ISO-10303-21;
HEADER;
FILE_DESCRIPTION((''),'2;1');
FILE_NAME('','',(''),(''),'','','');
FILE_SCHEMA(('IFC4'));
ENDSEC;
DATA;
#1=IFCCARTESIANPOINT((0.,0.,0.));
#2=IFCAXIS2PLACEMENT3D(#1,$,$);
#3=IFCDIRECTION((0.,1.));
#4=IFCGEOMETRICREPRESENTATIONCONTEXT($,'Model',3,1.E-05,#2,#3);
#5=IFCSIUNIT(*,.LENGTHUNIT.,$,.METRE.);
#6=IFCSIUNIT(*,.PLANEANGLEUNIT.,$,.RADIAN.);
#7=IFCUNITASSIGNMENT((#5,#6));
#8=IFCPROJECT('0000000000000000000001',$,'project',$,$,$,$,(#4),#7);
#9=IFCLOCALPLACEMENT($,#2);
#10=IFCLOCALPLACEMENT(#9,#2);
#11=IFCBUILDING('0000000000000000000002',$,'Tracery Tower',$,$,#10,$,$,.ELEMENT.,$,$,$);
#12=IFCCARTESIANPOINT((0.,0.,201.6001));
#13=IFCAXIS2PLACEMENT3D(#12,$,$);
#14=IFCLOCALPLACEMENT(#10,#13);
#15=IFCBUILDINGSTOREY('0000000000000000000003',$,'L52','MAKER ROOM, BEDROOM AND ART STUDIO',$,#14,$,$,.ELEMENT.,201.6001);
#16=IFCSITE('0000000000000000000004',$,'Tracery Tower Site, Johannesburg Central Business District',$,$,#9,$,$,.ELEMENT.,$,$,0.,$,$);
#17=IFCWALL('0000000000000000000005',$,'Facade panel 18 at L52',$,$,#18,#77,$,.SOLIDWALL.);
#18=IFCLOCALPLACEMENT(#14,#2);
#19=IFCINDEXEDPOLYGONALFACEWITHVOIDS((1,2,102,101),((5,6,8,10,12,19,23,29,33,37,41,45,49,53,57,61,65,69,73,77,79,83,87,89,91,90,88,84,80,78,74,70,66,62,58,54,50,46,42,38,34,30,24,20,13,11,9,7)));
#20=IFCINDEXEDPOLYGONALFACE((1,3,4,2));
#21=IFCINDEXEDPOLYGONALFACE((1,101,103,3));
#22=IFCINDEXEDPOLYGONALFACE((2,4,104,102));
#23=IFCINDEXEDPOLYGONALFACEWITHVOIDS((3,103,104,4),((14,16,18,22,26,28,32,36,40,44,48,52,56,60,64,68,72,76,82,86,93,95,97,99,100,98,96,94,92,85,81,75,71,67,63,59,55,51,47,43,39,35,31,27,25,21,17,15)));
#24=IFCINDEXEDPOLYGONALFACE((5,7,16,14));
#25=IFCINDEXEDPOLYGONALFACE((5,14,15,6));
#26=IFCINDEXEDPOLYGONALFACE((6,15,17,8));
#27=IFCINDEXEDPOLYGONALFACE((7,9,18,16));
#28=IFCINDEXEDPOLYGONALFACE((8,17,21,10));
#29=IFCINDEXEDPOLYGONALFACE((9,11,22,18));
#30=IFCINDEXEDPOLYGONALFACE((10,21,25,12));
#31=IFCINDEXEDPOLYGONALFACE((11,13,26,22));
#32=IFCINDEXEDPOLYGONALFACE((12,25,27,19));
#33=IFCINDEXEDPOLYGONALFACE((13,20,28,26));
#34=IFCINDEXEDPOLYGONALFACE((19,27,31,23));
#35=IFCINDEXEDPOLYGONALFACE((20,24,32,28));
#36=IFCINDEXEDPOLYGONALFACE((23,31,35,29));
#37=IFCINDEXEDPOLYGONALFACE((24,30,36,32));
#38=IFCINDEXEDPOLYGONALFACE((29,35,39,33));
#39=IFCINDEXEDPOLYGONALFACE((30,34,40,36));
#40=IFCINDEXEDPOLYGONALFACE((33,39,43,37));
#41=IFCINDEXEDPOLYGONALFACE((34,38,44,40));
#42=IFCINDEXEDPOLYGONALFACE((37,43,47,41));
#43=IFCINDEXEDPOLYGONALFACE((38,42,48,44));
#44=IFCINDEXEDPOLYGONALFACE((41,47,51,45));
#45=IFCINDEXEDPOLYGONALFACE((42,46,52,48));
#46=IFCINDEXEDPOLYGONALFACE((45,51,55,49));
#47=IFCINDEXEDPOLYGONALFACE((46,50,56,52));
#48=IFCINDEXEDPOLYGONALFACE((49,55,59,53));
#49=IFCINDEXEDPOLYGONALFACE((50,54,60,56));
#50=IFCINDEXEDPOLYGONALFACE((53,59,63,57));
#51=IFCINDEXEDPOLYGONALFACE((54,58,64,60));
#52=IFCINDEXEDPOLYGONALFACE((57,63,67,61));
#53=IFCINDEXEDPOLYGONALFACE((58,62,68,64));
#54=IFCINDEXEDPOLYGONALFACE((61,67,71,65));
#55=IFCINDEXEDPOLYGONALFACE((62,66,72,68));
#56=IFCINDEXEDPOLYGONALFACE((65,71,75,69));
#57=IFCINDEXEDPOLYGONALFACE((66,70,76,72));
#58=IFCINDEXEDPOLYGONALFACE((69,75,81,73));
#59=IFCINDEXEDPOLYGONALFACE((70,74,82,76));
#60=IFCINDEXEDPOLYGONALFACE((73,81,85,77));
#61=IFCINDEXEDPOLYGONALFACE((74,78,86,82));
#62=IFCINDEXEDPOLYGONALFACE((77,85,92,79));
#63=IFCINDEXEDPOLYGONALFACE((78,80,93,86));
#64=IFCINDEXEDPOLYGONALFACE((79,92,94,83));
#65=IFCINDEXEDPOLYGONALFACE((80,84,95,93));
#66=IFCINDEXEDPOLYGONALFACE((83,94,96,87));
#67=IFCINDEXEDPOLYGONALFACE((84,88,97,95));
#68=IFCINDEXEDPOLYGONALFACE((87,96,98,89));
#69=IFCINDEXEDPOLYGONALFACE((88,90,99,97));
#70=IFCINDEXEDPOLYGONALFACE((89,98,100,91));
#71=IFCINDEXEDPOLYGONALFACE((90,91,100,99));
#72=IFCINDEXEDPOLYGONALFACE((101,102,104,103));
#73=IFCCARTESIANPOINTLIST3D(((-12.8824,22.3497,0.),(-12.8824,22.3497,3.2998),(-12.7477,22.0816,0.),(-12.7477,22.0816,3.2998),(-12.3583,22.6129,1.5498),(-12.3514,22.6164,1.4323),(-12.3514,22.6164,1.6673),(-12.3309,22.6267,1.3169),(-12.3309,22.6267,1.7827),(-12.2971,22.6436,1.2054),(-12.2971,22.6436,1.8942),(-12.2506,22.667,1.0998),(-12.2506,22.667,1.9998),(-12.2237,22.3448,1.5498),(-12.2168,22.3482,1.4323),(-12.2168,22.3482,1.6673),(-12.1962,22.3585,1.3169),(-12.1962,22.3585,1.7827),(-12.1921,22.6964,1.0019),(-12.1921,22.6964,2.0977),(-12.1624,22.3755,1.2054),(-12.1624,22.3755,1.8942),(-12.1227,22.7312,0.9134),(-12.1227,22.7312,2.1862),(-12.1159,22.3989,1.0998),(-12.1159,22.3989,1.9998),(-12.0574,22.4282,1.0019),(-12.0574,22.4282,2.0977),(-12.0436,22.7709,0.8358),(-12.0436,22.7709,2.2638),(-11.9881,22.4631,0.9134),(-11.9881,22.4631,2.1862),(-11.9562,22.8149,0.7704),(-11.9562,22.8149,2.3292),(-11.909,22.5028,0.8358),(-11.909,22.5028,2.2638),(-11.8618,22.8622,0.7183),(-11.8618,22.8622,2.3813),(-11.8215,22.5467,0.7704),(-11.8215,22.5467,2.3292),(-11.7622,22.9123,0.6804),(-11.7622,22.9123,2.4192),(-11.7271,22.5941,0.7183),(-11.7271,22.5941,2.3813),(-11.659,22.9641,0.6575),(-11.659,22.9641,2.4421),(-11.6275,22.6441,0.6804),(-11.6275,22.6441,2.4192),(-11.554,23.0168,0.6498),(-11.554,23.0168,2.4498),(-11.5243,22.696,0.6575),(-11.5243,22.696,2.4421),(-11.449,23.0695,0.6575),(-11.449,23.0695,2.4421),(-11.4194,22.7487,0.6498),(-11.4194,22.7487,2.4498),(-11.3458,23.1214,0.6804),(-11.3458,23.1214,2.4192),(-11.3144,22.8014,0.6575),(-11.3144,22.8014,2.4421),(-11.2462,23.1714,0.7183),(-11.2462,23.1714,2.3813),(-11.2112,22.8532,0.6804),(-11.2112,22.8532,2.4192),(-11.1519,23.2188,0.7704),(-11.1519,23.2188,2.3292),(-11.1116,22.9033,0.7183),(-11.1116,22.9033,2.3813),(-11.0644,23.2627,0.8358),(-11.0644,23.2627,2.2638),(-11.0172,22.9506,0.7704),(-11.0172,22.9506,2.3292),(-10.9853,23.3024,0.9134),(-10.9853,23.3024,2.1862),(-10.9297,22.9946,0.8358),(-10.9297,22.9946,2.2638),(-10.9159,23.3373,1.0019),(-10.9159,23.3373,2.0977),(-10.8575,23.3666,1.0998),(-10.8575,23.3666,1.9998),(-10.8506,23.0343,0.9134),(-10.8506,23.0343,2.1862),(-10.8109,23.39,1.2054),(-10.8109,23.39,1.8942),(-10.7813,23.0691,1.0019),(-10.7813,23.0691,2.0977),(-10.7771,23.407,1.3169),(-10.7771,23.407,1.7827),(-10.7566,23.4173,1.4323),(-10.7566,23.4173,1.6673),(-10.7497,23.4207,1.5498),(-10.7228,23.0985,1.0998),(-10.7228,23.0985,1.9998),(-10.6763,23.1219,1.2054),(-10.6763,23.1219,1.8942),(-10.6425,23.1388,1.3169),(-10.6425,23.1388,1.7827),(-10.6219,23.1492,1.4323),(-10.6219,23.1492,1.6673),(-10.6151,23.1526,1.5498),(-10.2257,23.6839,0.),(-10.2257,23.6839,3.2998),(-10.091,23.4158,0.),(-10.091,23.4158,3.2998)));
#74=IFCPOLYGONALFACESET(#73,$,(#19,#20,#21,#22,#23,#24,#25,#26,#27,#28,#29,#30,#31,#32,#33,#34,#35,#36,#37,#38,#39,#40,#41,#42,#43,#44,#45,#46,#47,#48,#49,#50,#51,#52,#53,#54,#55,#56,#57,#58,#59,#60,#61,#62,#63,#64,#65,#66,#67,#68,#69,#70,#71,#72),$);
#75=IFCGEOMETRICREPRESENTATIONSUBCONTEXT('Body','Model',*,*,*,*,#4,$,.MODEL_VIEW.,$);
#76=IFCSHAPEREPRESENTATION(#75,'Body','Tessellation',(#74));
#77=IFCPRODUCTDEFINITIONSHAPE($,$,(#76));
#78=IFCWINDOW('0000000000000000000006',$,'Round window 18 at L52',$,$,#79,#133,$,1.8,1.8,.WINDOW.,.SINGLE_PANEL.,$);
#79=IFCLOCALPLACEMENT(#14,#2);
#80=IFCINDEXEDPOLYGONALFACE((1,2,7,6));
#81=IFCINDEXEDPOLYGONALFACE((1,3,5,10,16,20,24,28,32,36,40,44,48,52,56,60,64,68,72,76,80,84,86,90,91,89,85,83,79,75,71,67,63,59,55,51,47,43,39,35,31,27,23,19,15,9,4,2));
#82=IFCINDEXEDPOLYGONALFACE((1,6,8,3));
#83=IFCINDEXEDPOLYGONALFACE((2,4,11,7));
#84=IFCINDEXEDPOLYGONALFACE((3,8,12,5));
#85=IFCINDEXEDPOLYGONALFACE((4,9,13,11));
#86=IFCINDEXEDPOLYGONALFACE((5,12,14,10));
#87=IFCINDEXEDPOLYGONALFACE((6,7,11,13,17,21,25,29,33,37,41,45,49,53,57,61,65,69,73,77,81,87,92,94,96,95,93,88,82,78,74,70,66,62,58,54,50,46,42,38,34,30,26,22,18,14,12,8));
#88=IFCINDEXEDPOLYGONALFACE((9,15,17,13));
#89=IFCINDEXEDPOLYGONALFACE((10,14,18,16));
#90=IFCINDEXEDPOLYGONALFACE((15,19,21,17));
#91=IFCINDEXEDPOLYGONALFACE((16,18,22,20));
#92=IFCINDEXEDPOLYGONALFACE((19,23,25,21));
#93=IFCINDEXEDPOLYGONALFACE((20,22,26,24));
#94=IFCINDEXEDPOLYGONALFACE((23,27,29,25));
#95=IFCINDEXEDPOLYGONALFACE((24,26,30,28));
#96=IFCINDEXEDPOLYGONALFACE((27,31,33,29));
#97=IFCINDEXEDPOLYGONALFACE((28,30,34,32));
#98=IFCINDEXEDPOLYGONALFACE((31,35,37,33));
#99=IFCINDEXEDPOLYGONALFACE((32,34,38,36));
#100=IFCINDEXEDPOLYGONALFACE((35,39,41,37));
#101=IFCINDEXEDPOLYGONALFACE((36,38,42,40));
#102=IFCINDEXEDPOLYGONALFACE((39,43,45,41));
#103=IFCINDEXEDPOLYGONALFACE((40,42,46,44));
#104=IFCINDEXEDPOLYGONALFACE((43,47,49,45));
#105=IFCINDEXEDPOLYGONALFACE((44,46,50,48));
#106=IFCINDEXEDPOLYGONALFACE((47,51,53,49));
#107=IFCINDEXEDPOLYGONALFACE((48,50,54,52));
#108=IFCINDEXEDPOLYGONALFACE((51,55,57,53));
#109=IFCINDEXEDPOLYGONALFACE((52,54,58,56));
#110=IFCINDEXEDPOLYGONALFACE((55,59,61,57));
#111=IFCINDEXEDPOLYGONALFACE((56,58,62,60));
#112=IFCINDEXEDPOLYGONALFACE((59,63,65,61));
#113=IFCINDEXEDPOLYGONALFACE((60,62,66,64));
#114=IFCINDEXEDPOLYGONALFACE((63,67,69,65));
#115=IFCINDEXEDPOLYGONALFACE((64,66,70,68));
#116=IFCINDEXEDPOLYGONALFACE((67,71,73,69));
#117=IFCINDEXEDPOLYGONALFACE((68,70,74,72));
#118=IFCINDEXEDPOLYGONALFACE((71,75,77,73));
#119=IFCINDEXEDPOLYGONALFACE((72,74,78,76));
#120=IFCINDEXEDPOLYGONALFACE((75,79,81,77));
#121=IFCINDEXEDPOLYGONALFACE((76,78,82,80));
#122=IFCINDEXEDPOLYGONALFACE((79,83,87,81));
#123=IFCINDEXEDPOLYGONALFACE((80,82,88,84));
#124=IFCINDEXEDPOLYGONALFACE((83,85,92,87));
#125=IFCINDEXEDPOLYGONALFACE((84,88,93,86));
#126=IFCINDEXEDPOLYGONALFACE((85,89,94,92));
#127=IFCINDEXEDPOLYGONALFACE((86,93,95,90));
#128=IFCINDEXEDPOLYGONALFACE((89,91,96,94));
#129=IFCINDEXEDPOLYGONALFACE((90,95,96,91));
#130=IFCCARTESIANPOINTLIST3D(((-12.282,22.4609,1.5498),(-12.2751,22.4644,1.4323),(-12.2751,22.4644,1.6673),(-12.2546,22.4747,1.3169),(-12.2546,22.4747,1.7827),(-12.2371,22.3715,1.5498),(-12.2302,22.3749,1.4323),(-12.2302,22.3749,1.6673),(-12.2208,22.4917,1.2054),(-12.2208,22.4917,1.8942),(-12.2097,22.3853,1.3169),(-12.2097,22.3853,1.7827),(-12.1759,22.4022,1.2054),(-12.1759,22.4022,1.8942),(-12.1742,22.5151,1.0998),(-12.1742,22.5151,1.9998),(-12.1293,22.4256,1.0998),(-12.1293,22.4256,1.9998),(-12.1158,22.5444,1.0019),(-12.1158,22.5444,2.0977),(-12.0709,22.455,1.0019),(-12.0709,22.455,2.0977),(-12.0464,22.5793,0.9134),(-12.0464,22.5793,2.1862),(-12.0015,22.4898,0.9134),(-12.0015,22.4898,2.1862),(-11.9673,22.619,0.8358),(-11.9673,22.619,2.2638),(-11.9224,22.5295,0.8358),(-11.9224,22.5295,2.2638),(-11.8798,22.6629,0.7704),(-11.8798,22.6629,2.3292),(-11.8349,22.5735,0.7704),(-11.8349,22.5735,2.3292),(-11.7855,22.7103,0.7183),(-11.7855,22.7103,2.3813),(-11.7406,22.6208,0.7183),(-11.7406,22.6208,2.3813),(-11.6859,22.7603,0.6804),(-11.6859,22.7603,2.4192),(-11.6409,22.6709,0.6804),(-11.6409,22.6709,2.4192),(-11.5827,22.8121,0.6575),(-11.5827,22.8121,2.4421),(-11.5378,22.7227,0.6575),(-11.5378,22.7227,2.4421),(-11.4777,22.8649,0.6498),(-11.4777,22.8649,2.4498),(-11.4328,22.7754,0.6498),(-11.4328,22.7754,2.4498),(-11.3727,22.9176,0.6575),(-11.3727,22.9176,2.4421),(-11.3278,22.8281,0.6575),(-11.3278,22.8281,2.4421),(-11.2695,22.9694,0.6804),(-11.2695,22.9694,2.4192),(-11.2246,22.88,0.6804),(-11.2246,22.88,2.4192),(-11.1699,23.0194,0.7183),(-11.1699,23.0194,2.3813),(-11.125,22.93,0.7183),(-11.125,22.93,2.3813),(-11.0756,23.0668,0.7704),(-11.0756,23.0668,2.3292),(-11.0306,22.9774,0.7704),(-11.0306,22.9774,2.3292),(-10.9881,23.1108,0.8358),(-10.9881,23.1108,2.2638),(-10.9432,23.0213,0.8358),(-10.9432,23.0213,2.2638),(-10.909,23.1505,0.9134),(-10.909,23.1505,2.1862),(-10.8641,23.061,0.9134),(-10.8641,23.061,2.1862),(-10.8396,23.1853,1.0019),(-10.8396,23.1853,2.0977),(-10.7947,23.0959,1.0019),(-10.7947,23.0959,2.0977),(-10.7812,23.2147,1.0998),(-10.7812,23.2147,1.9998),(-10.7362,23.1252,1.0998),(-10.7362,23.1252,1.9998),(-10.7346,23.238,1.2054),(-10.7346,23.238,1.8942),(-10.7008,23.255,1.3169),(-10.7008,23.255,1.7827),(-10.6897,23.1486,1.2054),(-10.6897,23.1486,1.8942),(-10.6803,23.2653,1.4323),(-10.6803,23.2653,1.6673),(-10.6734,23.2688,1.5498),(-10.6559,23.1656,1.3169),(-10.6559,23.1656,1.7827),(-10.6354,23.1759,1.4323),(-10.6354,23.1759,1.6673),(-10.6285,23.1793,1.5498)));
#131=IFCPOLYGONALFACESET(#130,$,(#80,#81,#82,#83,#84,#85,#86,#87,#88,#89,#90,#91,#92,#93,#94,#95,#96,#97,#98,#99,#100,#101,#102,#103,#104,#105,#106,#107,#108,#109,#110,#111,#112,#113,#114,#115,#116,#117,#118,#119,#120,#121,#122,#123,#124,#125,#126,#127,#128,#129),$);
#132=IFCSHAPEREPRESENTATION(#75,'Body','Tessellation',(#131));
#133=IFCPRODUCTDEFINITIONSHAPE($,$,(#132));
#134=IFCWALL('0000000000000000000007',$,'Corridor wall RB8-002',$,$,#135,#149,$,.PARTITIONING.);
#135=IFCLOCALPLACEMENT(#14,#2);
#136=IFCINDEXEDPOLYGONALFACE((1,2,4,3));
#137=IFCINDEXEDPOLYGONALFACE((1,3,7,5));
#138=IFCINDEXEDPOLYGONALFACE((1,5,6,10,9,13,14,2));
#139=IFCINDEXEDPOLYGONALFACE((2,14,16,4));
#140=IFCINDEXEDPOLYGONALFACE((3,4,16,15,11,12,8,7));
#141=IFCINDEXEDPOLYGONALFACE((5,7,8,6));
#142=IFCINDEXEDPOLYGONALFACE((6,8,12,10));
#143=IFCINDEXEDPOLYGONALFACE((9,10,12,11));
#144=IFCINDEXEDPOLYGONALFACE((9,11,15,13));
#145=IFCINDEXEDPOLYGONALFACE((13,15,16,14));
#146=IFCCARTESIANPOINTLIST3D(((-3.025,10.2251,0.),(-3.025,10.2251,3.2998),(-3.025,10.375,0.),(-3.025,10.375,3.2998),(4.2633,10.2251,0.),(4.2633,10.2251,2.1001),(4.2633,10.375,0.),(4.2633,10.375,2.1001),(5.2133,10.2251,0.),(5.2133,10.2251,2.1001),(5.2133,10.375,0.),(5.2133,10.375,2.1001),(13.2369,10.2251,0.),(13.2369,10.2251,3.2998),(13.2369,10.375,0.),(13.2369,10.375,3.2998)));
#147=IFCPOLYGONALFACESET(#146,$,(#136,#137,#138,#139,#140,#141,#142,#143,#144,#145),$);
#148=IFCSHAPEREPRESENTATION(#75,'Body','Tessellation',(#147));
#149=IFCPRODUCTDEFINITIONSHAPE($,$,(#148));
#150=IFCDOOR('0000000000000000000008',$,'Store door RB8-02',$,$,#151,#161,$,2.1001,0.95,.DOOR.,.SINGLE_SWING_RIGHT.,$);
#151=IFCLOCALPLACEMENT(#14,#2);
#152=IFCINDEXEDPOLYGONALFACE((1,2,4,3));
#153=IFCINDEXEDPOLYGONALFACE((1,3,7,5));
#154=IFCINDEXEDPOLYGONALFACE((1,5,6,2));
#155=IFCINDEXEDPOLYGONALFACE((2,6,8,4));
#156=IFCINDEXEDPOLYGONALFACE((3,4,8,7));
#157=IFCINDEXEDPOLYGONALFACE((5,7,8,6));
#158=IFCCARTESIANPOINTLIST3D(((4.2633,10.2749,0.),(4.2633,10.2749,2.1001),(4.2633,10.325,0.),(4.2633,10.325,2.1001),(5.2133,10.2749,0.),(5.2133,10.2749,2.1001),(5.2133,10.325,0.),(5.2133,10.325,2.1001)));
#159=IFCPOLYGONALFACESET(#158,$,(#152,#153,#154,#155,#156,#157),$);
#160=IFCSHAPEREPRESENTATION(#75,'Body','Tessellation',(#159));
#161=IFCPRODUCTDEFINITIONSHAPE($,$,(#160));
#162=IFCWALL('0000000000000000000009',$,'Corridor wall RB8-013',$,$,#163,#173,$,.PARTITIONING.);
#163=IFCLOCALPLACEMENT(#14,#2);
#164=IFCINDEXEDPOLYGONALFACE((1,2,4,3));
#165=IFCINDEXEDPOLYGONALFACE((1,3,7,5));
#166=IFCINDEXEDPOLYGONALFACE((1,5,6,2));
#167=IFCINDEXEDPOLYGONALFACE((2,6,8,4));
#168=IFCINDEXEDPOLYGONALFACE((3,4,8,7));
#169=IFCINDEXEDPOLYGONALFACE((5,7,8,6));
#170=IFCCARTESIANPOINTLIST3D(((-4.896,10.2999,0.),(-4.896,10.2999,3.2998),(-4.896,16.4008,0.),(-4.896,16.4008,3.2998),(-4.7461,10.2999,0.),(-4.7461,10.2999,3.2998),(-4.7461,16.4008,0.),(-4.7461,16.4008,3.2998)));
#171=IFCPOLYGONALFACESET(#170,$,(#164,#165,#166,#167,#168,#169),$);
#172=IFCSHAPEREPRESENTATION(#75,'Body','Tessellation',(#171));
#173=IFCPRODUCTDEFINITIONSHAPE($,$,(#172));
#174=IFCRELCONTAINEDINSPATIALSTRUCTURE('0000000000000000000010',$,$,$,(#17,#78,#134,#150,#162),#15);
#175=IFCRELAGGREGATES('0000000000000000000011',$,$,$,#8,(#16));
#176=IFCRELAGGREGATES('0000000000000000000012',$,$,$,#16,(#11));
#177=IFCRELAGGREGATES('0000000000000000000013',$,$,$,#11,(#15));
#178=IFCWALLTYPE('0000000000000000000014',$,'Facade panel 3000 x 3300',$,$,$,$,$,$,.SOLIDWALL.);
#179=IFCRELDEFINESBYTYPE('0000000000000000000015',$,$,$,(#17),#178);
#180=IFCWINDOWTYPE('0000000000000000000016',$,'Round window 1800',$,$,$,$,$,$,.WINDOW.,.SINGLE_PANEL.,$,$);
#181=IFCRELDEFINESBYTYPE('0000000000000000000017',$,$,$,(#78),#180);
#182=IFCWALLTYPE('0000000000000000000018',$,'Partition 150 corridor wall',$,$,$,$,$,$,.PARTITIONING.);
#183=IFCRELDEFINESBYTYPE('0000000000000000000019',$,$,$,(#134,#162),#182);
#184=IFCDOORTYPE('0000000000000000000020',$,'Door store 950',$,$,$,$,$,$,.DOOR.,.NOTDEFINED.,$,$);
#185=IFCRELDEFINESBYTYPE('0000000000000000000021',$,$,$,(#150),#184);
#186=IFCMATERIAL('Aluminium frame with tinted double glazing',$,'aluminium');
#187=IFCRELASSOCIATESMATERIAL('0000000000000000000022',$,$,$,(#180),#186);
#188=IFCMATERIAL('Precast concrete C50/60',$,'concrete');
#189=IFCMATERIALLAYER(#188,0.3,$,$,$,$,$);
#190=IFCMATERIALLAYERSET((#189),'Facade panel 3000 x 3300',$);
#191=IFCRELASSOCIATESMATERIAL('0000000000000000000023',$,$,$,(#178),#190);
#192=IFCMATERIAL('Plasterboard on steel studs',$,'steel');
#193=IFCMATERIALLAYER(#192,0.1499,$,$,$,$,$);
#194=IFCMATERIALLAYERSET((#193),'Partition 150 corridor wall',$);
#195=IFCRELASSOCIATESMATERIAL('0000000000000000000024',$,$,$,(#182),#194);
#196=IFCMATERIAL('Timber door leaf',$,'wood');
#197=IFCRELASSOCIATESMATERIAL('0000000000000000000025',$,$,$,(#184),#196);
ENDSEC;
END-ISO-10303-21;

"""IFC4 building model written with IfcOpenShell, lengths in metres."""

from ifc_helpers import new_model, si_unit, direction, frame, frame_2d, origin, origin_2d, place, context, subcontext, project, spatial, rectangle, circle, extrude, material, layer, layer_set, type_object, element, fill, save


model = new_model("IFC4")

# Units and contexts
model_context = context("Model", 3, precision=1e-05, world=origin(), true_north=direction((0.0, 1.0)))
body_context = subcontext(model_context, "Body", "Model", "MODEL_VIEW")
ifc_project = project(units=[si_unit("LENGTHUNIT", "METRE"), si_unit("PLANEANGLEUNIT", "RADIAN")], contexts=[model_context])

# Site, building, storey
site_placement = place(None, origin())
site = spatial("IfcSite", under=ifc_project, at=site_placement, Name="Tracery Tower Site, Johannesburg Central Business District", CompositionType="ELEMENT", RefElevation=0.0)
building_placement = place(site_placement, origin())
building = spatial("IfcBuilding", under=site, at=building_placement, Name="Tracery Tower", CompositionType="ELEMENT")
storey_placement = place(building_placement, frame((0.0, 0.0, 201.6001)))
storey = spatial("IfcBuildingStorey", under=building, at=storey_placement, Name="L52", Description="MAKER ROOM, BEDROOM AND ART STUDIO", CompositionType="ELEMENT", Elevation=201.6001)

# Wall, opening, window
ifc_material_1 = material(Name="Aluminium frame with tinted double glazing", Category="aluminium")
window_type = type_object("IfcWindowType", Name="Round window 1800", PartitioningType="SINGLE_PANEL", PredefinedType="WINDOW", material=ifc_material_1)
ifc_material_2 = material(Name="Precast concrete C50/60", Category="concrete")
ifc_layer_1 = layer(ifc_material_2, 0.3)
ifc_layer_set_1 = layer_set([ifc_layer_1], Name="Facade panel 3000 x 3300")
wall_type_1 = type_object("IfcWallType", Name="Facade panel 3000 x 3300", PredefinedType="SOLIDWALL", material=ifc_layer_set_1)
wall_1_placement = place(storey_placement, frame((-10.1584, 23.5498, 0.0), z_axis=(0.0, 0.0, 1.0), x_axis=(-0.893637, -0.44879, 0.0)))
wall_1 = element("IfcWall", 1, at=wall_1_placement, inside=storey, type_object=wall_type_1, Name="Facade panel 18 at L52", PredefinedType="SOLIDWALL", context=body_context, shape_type="SweptSolid", body=[
    extrude(rectangle(XDim=2.9729, YDim=0.3, at=frame_2d((1.4863, 0.0))), origin(), (0.0, 0.0, 1.0), 3.2998),
])
opening_1_placement = place(wall_1_placement, frame((1.4863, 0.0, 1.5498)))
opening_1 = element("IfcOpeningElement", 2, at=opening_1_placement, cuts=wall_1, PredefinedType="OPENING", context=body_context, shape_type="SweptSolid", body=[
    extrude(circle(Radius=0.9, at=origin_2d()), frame((0.0, 0.1599, 0.0), z_axis=(0.0, -1.0, 0.0), x_axis=(1.0, 0.0, 0.0)), (0.0, 0.0, 1.0), 0.3201),
])
window_1_placement = place(opening_1_placement, origin())
window_1 = element("IfcWindow", 3, at=window_1_placement, inside=storey, type_object=window_type, Name="Round window 18 at L52", OverallHeight=1.8, OverallWidth=1.8, PartitioningType="SINGLE_PANEL", PredefinedType="WINDOW", context=body_context, shape_type="SweptSolid", body=[
    extrude(circle(Radius=0.9, at=origin_2d()), frame((0.0, 0.1201, 0.0), z_axis=(0.0, -1.0, 0.0), x_axis=(1.0, 0.0, 0.0)), (0.0, 0.0, 1.0), 0.1001),
])
fill(opening_1, window_1)

# Wall, opening, door
ifc_material_3 = material(Name="Plasterboard on steel studs", Category="steel")
ifc_layer_2 = layer(ifc_material_3, 0.1499)
ifc_layer_set_2 = layer_set([ifc_layer_2], Name="Partition 150 corridor wall")
wall_type_2 = type_object("IfcWallType", Name="Partition 150 corridor wall", PredefinedType="PARTITIONING", material=ifc_layer_set_2)
wall_2_placement = place(storey_placement, frame((-3.0249, 10.3, 0.0), z_axis=(0.0, 0.0, 1.0), x_axis=(1.0, 0.0, 0.0)))
wall_2 = element("IfcWall", 4, at=wall_2_placement, inside=storey, type_object=wall_type_2, Name="Corridor wall RB8-002", PredefinedType="PARTITIONING", context=body_context, shape_type="SweptSolid", body=[
    extrude(rectangle(XDim=16.262, YDim=0.1499, at=frame_2d((8.1309, 0.0))), origin(), (0.0, 0.0, 1.0), 3.2998),
])
opening_2_placement = place(wall_2_placement, frame((7.2881, 0.0, 0.0)))
opening_2 = element("IfcOpeningElement", 5, at=opening_2_placement, cuts=wall_2, PredefinedType="OPENING", context=body_context, shape_type="SweptSolid", body=[
    extrude(rectangle(XDim=0.95, YDim=2.1001, at=frame_2d((0.4751, 1.05))), frame((0.0, 0.075, 0.0), z_axis=(0.0, -1.0, 0.0), x_axis=(1.0, 0.0, 0.0)), (0.0, 0.0, 1.0), 0.1499),
])
ifc_material_4 = material(Name="Timber door leaf", Category="wood")
door_type_1 = type_object("IfcDoorType", Name="Door store 950", OperationType="NOTDEFINED", PredefinedType="DOOR", material=ifc_material_4)
door_1_placement = place(opening_2_placement, origin())
door_1 = element("IfcDoor", 6, at=door_1_placement, inside=storey, type_object=door_type_1, Name="Store door RB8-02", OperationType="SINGLE_SWING_RIGHT", OverallHeight=2.1001, OverallWidth=0.95, PredefinedType="DOOR", context=body_context, shape_type="SweptSolid", body=[
    extrude(rectangle(XDim=0.95, YDim=2.1001, at=frame_2d((0.4751, 1.05))), frame((0.0, 0.0249, 0.0), z_axis=(0.0, -1.0, 0.0), x_axis=(1.0, 0.0, 0.0)), (0.0, 0.0, 1.0), 0.05),
])
fill(opening_2, door_1)

# Wall
wall_3_placement = place(storey_placement, frame((-4.821, 10.3, 0.0), z_axis=(0.0, 0.0, 1.0), x_axis=(0.0, 1.0, 0.0)))
element("IfcWall", 7, at=wall_3_placement, inside=storey, type_object=wall_type_2, Name="Corridor wall RB8-013", PredefinedType="PARTITIONING", context=body_context, shape_type="SweptSolid", body=[
    extrude(rectangle(XDim=6.1008, YDim=0.1499, at=frame_2d((3.0503, 0.0))), origin(), (0.0, 0.0, 1.0), 3.2998),
])

save(model, "model.ifc")
